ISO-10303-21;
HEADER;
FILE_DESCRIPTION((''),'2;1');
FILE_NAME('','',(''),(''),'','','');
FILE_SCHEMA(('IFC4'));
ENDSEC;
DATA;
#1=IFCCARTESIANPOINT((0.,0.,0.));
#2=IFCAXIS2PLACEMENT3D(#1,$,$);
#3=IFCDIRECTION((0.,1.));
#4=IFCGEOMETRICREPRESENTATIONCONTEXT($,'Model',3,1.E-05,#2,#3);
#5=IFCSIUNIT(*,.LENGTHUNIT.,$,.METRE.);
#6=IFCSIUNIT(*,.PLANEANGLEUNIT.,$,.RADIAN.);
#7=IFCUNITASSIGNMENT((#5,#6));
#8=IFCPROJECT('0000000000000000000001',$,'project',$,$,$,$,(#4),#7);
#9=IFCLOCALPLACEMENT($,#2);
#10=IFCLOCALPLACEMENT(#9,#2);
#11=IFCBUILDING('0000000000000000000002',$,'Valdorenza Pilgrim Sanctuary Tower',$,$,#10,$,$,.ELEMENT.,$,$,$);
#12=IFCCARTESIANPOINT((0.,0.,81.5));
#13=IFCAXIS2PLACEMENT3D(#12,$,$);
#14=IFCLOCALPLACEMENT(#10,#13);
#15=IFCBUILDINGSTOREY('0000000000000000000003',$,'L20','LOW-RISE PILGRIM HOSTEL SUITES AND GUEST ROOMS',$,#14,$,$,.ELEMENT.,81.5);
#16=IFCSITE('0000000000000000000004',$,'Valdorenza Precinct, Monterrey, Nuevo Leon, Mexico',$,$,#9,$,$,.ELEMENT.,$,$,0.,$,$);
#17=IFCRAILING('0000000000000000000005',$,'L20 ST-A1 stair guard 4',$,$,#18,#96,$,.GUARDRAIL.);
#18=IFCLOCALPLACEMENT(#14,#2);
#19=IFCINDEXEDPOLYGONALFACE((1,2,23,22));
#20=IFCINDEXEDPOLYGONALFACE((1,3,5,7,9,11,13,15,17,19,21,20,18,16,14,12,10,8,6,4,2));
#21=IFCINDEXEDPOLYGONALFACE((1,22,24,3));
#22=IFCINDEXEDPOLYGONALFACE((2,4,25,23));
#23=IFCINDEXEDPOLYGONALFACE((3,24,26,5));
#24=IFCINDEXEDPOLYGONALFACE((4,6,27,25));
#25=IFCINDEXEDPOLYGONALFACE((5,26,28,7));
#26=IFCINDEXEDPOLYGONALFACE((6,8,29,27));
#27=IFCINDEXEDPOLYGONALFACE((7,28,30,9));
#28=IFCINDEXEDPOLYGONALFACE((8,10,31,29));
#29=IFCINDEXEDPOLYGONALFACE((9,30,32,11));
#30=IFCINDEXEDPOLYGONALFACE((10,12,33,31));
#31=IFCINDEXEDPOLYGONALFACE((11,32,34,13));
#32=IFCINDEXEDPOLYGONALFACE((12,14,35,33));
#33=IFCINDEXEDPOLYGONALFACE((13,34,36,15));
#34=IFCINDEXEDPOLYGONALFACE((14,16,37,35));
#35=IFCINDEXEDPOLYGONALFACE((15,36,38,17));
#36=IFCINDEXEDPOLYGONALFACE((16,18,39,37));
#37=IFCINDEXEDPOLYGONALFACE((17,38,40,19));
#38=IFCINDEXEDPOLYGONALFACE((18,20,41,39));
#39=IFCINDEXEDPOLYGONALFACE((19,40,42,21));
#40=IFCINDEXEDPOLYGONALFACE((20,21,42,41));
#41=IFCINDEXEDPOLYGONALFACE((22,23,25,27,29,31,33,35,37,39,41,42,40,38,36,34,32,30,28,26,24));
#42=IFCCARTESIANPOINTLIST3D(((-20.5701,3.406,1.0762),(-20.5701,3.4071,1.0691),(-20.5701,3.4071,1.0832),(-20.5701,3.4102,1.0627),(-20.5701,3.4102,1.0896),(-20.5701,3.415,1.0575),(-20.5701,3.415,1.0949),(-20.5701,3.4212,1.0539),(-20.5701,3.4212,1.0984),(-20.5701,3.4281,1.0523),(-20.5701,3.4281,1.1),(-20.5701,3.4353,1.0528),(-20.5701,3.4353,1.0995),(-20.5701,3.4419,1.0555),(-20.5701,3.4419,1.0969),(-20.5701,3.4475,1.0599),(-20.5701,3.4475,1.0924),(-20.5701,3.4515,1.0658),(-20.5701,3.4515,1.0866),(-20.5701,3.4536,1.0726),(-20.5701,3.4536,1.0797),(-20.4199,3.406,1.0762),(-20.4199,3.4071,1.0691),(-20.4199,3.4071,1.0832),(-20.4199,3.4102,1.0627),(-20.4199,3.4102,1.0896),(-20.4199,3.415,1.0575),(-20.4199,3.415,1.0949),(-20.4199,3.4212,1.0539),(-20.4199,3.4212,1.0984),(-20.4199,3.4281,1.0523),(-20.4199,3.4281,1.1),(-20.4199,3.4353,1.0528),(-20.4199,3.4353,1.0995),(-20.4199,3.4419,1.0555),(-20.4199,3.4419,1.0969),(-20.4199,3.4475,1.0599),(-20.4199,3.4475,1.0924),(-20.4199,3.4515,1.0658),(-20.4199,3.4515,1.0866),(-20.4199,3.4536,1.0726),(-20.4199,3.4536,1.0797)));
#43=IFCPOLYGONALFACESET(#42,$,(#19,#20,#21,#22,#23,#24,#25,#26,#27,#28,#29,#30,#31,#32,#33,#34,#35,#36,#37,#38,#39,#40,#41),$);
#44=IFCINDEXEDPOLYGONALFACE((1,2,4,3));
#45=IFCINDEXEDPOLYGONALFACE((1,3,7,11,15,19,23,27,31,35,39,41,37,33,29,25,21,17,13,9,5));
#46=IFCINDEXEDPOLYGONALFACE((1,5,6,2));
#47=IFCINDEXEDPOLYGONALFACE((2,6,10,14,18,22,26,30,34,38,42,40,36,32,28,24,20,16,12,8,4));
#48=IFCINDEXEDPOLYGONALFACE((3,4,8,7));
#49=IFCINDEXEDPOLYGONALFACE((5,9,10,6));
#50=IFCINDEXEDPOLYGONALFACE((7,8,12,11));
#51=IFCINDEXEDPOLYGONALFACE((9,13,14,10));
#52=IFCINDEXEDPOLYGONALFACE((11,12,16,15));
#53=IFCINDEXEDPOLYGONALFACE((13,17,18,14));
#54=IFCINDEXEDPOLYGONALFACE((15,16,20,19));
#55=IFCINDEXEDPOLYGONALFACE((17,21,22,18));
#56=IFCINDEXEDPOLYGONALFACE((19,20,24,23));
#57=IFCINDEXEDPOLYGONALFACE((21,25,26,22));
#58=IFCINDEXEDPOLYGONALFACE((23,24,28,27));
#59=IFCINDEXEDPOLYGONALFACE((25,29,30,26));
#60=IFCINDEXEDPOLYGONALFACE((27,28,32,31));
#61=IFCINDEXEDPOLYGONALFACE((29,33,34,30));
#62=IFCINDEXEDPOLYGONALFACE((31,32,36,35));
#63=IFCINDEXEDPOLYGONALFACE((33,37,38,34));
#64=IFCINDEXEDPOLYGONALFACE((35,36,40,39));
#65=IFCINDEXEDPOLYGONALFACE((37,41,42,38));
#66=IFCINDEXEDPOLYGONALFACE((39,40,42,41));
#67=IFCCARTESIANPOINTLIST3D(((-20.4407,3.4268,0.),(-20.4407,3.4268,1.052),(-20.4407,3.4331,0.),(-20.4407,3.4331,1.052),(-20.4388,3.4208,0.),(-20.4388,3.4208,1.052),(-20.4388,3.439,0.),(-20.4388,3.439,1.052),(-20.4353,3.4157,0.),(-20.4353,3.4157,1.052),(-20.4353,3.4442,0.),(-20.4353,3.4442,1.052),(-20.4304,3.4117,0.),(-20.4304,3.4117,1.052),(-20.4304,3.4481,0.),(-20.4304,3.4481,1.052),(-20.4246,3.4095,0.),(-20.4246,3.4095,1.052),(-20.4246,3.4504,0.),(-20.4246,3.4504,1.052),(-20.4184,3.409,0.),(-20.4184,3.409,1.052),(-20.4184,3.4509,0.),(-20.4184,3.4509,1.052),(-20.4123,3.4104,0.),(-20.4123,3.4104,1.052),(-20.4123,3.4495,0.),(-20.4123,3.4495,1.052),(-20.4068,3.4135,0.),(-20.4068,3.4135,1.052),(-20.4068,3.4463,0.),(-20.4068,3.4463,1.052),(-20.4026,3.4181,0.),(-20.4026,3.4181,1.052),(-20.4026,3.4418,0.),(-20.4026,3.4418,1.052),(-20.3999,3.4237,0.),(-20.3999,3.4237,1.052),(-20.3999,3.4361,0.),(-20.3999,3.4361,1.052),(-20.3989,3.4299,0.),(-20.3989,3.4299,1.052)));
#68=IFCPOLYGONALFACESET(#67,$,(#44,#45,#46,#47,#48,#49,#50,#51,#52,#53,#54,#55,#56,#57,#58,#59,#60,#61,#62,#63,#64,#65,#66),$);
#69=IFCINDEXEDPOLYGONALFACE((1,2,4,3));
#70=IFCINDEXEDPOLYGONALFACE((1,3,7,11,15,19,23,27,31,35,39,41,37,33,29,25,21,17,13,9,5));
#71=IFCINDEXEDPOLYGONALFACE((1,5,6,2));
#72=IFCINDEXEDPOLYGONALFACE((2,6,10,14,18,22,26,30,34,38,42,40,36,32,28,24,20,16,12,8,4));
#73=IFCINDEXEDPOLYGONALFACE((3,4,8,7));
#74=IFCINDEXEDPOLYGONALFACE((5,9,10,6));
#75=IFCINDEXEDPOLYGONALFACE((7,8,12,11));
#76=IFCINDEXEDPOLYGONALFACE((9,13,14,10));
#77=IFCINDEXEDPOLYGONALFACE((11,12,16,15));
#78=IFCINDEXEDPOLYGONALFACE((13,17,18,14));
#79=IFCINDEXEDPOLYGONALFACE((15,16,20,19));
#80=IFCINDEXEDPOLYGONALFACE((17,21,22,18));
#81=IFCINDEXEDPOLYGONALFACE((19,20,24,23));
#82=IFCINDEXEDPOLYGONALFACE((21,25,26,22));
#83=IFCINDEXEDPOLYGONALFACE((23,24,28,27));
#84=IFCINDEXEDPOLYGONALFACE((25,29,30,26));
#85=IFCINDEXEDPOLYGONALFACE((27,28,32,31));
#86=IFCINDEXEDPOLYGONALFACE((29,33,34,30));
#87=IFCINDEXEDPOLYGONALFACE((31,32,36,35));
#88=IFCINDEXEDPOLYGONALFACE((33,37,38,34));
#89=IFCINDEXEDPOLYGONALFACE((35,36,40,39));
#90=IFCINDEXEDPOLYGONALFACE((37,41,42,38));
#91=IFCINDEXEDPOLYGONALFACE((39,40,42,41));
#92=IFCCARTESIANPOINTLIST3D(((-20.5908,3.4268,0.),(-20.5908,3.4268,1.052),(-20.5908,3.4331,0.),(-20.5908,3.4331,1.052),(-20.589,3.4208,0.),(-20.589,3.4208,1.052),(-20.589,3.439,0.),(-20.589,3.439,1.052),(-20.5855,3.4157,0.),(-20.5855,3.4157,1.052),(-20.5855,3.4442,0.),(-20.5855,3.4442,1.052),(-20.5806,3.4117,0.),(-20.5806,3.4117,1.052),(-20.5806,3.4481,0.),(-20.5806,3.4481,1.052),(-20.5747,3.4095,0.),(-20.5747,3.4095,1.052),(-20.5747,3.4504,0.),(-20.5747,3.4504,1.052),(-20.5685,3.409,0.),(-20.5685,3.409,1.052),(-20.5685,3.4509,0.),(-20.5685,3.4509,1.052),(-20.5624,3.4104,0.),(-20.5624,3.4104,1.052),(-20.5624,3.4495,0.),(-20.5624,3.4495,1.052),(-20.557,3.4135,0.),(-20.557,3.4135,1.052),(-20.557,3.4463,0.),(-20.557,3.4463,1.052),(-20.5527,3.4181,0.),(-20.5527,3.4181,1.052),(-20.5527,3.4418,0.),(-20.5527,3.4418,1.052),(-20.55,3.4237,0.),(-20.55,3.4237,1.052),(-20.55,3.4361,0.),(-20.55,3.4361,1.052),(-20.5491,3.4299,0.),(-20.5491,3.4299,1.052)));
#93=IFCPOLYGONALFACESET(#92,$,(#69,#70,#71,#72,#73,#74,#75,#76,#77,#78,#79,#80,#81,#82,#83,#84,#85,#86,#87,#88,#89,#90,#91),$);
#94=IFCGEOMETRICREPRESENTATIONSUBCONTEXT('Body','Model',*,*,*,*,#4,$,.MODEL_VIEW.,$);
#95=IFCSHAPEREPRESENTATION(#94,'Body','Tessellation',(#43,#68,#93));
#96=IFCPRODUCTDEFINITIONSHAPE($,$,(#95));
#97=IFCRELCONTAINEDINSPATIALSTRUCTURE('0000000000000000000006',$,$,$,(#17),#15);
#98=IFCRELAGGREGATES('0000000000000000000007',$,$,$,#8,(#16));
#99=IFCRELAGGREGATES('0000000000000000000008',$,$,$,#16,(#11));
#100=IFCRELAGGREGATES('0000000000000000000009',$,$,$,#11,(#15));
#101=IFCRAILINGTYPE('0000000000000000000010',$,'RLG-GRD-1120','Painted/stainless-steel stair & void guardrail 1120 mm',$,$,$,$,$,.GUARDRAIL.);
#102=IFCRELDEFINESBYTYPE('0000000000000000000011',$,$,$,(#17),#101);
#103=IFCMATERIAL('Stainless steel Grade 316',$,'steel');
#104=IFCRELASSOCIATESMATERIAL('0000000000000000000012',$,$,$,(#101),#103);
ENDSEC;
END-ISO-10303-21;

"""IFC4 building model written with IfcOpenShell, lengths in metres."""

from ifc_helpers import new_model, si_unit, direction, frame, origin, origin_2d, place, context, subcontext, project, spatial, circle, extrude, material, type_object, element, save


model = new_model("IFC4")

# Units and contexts
model_context = context("Model", 3, precision=1e-05, world=origin(), true_north=direction((0.0, 1.0)))
body_context = subcontext(model_context, "Body", "Model", "MODEL_VIEW")
ifc_project = project(units=[si_unit("LENGTHUNIT", "METRE"), si_unit("PLANEANGLEUNIT", "RADIAN")], contexts=[model_context])

# Site, building, storey
site_placement = place(None, origin())
site = spatial("IfcSite", under=ifc_project, at=site_placement, Name="Valdorenza Precinct, Monterrey, Nuevo Leon, Mexico", CompositionType="ELEMENT", RefElevation=0.0)
building_placement = place(site_placement, origin())
building = spatial("IfcBuilding", under=site, at=building_placement, Name="Valdorenza Pilgrim Sanctuary Tower", CompositionType="ELEMENT")
storey_placement = place(building_placement, frame((0.0, 0.0, 81.5)))
storey = spatial("IfcBuildingStorey", under=building, at=storey_placement, Name="L20", Description="LOW-RISE PILGRIM HOSTEL SUITES AND GUEST ROOMS", CompositionType="ELEMENT", Elevation=81.5)

# Railing
ifc_material_1 = material(Name="Stainless steel Grade 316", Category="steel")
railing_type_1 = type_object("IfcRailingType", Name="RLG-GRD-1120", Description="Painted/stainless-steel stair & void guardrail 1120 mm", PredefinedType="GUARDRAIL", material=ifc_material_1)
railing_1_placement = place(storey_placement, frame((-20.4199, 3.4299, 0.0)))
element("IfcRailing", 1, at=railing_1_placement, inside=storey, type_object=railing_type_1, Name="L20 ST-A1 stair guard 4", PredefinedType="GUARDRAIL", context=body_context, shape_type="SweptSolid", body=[
    extrude(circle(Radius=0.0239, at=origin_2d()), frame((0.0, 0.0, 1.0762), z_axis=(-1.0, 0.0, 0.0), x_axis=(0.0, -1.0, 0.0)), (0.0, 0.0, 1.0), 0.1501),
    extrude(circle(Radius=0.021, at=origin_2d()), origin(), (0.0, 0.0, 1.0), 1.052),
    extrude(circle(Radius=0.021, at=origin_2d()), frame((-0.1501, 0.0, 0.0)), (0.0, 0.0, 1.0), 1.052),
])

save(model, "model.ifc")
